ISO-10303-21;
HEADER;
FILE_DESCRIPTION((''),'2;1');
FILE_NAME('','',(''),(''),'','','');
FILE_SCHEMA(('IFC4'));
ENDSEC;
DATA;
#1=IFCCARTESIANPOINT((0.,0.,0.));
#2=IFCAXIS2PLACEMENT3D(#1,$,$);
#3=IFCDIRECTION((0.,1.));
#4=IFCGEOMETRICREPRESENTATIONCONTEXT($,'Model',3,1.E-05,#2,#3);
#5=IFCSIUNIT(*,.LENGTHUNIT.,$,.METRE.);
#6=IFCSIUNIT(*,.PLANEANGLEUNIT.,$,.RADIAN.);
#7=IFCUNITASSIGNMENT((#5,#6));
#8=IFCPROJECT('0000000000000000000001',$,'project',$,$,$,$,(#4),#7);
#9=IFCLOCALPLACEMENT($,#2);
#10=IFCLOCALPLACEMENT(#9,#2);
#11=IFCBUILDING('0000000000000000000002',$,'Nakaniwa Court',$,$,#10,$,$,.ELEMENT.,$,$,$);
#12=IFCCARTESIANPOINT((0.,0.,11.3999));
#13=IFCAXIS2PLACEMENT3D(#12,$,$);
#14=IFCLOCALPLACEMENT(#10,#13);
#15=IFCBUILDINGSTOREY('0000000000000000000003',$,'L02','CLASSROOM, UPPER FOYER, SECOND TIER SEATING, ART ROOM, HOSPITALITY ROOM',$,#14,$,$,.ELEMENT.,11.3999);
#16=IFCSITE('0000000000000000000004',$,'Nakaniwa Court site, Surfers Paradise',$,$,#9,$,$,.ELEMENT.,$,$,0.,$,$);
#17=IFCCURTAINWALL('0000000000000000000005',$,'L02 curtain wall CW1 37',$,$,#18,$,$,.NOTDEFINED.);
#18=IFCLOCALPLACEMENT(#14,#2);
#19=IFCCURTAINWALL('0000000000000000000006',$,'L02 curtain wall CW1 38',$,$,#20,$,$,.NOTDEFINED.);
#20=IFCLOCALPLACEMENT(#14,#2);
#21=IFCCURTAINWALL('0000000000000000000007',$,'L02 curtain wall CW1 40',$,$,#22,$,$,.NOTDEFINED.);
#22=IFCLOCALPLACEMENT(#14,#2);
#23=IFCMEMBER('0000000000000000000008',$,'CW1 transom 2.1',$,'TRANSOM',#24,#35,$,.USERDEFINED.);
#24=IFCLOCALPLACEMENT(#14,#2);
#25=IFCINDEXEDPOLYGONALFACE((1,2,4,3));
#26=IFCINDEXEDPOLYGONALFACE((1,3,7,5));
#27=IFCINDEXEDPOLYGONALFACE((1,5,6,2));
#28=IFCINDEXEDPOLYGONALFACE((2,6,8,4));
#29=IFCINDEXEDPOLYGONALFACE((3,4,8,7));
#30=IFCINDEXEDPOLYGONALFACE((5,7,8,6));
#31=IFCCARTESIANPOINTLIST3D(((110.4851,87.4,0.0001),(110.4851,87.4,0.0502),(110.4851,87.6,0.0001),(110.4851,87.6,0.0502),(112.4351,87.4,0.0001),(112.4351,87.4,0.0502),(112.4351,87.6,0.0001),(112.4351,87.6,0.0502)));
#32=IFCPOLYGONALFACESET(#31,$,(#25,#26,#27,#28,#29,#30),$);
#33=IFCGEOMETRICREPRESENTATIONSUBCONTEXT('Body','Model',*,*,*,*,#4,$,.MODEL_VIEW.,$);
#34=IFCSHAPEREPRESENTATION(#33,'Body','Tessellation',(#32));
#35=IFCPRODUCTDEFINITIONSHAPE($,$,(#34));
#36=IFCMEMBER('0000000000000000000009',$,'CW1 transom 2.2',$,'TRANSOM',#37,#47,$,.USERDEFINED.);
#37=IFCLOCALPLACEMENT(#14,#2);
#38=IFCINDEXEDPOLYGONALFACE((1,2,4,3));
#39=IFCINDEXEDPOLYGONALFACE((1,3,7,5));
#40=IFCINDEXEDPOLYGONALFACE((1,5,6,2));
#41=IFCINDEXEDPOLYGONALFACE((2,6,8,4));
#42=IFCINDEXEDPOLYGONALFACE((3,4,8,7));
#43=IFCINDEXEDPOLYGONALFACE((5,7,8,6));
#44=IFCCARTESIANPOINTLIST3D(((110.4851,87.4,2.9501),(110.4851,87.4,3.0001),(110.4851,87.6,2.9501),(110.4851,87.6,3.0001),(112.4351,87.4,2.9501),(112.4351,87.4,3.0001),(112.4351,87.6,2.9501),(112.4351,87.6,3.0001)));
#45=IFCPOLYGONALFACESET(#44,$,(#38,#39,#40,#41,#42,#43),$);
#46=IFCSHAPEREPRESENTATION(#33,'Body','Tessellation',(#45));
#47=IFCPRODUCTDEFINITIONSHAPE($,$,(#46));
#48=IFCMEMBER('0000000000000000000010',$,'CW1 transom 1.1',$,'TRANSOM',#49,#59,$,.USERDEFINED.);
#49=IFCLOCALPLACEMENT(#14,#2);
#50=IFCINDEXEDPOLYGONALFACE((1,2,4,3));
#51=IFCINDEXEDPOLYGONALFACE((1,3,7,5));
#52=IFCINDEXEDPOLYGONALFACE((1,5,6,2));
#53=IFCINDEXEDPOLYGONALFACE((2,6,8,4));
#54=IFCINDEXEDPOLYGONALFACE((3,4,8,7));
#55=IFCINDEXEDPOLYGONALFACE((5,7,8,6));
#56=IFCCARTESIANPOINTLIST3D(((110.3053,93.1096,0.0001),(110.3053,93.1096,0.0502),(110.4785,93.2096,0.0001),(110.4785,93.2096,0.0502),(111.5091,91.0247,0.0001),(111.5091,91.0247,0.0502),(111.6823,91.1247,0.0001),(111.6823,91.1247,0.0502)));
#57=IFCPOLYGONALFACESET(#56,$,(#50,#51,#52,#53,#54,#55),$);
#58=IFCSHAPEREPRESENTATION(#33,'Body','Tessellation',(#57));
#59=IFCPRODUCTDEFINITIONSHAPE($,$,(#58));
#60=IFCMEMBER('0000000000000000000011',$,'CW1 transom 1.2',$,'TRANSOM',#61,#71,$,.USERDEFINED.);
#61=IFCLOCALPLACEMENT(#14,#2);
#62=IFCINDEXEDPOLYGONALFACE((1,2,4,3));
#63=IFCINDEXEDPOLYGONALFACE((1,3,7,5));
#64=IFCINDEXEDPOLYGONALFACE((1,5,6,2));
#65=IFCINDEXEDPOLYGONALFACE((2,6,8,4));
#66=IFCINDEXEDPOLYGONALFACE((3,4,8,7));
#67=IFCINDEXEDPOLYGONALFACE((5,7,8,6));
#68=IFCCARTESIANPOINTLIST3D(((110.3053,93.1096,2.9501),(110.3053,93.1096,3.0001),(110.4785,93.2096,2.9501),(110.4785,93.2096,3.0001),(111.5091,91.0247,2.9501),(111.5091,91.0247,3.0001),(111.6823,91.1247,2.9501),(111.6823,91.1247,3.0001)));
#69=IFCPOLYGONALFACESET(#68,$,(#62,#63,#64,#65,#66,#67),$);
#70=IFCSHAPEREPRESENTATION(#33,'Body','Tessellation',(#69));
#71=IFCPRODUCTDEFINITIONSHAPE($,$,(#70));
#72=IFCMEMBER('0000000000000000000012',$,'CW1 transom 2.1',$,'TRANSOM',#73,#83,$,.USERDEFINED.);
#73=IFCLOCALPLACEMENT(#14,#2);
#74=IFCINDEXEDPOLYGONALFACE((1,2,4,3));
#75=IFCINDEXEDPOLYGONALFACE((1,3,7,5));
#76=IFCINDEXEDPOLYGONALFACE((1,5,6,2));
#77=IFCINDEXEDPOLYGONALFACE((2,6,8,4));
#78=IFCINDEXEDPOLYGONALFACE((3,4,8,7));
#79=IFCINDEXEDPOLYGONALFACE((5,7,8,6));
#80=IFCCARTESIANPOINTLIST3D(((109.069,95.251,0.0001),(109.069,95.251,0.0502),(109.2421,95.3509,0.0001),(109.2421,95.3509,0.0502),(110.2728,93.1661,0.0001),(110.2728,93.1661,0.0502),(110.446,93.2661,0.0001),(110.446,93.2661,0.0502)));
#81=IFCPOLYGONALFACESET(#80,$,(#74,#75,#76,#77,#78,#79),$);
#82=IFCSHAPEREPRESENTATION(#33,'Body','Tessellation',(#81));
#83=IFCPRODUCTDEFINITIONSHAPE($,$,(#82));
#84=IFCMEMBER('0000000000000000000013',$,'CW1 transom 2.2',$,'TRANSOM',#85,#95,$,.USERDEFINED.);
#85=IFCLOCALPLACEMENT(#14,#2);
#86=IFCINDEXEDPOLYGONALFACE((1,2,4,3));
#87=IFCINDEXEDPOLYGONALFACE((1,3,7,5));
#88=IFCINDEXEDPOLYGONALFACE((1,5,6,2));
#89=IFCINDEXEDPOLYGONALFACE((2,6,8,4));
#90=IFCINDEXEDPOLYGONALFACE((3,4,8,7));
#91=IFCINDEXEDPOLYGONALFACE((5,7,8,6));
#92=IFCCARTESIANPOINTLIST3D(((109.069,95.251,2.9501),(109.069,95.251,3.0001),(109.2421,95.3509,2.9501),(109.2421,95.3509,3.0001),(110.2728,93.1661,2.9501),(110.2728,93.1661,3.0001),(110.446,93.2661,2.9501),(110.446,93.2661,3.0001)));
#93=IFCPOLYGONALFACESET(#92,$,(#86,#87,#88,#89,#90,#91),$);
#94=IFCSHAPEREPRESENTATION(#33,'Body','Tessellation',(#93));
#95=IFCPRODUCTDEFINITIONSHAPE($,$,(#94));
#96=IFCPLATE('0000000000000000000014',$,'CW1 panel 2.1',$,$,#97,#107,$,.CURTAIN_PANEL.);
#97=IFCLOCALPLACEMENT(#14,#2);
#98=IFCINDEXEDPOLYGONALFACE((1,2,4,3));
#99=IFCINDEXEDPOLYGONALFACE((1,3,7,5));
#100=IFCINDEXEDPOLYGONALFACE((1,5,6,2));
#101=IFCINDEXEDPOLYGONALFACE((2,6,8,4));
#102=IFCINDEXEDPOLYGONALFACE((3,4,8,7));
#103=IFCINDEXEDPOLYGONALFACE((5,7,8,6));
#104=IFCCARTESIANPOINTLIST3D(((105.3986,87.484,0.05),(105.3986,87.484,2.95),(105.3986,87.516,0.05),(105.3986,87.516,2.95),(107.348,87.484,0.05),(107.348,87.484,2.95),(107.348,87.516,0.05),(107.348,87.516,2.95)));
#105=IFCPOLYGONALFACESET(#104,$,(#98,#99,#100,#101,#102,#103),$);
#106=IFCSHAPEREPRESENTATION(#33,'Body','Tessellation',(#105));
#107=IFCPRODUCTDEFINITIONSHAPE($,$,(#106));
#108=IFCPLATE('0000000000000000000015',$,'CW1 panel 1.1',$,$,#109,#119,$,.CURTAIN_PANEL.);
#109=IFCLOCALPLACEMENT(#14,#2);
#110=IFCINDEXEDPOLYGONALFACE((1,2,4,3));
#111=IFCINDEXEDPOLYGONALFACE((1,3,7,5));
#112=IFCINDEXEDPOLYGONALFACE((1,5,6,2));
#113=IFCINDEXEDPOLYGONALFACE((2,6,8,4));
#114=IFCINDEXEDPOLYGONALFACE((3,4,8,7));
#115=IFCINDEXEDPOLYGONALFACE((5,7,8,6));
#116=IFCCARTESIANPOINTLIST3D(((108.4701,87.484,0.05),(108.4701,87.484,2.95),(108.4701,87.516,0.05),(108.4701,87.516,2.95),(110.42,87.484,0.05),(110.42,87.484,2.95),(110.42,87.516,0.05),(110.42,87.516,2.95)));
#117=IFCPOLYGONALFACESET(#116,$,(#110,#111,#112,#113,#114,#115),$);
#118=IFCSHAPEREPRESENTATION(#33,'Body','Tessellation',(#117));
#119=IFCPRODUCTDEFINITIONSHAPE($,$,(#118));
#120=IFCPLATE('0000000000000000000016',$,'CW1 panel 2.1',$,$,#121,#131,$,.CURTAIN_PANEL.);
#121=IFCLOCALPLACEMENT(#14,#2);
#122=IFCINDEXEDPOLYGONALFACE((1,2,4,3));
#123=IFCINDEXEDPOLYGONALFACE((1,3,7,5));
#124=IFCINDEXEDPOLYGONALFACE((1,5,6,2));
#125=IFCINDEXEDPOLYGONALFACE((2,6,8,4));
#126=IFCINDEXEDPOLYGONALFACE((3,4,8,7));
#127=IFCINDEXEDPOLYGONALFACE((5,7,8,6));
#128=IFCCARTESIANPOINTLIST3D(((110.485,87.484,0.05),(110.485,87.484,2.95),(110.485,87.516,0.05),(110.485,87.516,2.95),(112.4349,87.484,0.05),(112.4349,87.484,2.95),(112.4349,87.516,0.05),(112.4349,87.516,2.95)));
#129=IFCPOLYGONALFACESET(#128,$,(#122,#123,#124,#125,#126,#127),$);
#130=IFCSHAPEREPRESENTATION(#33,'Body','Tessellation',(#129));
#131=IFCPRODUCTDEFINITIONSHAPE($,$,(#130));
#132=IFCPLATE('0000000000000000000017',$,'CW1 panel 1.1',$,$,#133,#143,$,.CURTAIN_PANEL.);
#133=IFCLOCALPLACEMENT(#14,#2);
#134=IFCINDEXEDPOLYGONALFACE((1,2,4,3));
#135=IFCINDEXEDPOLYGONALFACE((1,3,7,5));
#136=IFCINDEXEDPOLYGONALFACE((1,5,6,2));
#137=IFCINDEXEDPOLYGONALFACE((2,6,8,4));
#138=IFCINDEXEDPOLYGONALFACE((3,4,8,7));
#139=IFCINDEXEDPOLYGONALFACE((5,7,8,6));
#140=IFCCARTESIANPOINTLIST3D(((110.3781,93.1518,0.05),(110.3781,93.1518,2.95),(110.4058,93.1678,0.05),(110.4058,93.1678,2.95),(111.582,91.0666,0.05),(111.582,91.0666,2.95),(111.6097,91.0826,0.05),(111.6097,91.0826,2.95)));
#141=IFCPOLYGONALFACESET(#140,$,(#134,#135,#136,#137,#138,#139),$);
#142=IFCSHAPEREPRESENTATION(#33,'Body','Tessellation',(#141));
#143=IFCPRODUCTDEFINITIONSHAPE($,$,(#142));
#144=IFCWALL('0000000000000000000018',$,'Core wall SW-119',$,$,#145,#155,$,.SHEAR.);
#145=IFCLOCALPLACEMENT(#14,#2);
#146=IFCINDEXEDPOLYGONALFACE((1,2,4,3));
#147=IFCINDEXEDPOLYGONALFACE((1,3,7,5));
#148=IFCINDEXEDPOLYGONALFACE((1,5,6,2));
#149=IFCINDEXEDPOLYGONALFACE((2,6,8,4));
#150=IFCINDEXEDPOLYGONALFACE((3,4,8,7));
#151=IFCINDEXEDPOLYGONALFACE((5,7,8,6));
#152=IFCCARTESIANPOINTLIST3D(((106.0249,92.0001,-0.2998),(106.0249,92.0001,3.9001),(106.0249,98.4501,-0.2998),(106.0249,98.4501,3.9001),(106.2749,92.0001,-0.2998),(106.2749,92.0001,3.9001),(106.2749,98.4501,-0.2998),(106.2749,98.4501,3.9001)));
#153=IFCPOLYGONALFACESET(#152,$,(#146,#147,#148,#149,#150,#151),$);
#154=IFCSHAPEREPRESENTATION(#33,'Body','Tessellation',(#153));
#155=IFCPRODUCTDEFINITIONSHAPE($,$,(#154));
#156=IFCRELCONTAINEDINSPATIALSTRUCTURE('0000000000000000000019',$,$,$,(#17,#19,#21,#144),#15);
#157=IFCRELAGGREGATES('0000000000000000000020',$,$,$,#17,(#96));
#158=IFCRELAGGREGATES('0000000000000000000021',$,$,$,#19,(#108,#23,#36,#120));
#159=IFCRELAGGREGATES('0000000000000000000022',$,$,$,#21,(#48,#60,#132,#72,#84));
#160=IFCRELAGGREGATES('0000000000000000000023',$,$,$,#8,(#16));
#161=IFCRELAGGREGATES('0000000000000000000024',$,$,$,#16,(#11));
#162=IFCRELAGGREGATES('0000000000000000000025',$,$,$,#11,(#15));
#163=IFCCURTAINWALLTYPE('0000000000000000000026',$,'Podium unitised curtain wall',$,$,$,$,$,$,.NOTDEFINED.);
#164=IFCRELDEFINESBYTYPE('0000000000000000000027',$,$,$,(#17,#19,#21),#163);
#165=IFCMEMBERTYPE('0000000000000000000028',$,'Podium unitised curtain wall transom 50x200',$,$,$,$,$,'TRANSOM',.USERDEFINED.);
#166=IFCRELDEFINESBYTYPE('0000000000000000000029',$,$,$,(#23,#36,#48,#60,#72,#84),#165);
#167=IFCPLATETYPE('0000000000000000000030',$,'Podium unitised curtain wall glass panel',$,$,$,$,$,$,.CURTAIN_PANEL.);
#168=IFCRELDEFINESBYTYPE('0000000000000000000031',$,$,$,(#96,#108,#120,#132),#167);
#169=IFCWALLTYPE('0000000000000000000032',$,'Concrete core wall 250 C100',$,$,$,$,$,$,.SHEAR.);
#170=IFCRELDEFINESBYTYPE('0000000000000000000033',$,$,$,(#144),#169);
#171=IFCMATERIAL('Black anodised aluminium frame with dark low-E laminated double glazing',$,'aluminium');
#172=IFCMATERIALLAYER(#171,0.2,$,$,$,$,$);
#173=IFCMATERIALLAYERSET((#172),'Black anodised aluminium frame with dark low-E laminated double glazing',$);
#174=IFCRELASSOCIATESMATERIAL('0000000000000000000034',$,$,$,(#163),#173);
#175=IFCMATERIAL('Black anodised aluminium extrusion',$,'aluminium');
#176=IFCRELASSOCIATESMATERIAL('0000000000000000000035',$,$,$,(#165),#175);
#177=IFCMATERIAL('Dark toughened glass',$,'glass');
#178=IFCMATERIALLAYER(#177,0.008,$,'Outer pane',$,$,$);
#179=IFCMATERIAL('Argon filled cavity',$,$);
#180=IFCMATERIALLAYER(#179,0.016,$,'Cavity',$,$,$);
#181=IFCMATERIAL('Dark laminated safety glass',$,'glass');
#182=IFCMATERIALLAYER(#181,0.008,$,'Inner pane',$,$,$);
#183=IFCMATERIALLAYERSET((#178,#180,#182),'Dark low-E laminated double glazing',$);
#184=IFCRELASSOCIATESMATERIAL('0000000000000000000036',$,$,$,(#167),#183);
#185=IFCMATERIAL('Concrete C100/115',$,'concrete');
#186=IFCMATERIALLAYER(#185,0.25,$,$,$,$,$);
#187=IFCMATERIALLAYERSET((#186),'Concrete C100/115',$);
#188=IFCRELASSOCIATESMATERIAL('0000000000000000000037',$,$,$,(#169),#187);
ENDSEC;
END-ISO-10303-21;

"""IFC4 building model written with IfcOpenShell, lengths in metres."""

from ifc_helpers import new_model, si_unit, direction, frame, frame_2d, origin, origin_2d, place, context, subcontext, project, spatial, rectangle, extrude, material, layer, layer_set, material_profile, profile_set, type_object, element, aggregate, save


model = new_model("IFC4")

# Units and contexts
model_context = context("Model", 3, precision=1e-05, world=origin(), true_north=direction((0.0, 1.0)))
body_context = subcontext(model_context, "Body", "Model", "MODEL_VIEW")
ifc_project = project(units=[si_unit("LENGTHUNIT", "METRE"), si_unit("PLANEANGLEUNIT", "RADIAN")], contexts=[model_context])

# Site, building, storey
site_placement = place(None, origin())
site = spatial("IfcSite", under=ifc_project, at=site_placement, Name="Nakaniwa Court site, Surfers Paradise", CompositionType="ELEMENT", RefElevation=0.0)
building_placement = place(site_placement, origin())
building = spatial("IfcBuilding", under=site, at=building_placement, Name="Nakaniwa Court", CompositionType="ELEMENT")
storey_placement = place(building_placement, frame((0.0, 0.0, 11.3999)))
storey = spatial("IfcBuildingStorey", under=building, at=storey_placement, Name="L02", Description="CLASSROOM, UPPER FOYER, SECOND TIER SEATING, ART ROOM, HOSPITALITY ROOM", CompositionType="ELEMENT", Elevation=11.3999)

# Shared definitions
ifc_material_1 = material(Name="Concrete C100/115", Category="concrete")

# Curtain wall
ifc_material_2 = material(Name="Black anodised aluminium frame with dark low-E laminated double glazing", Category="aluminium")
ifc_layer_1 = layer(ifc_material_2, 0.2)
ifc_layer_set_1 = layer_set([ifc_layer_1], Name="Black anodised aluminium frame with dark low-E laminated double glazing")
curtain_wall_type = type_object("IfcCurtainWallType", Name="Podium unitised curtain wall", PredefinedType="NOTDEFINED", material=ifc_layer_set_1)
curtain_wall_1_placement = place(storey_placement, origin())
curtain_wall_1 = element("IfcCurtainWall", 1, at=curtain_wall_1_placement, inside=storey, type_object=curtain_wall_type, Name="L02 curtain wall CW1 37", PredefinedType="NOTDEFINED")
ifc_material_3 = material(Name="Black anodised aluminium extrusion", Category="aluminium")

# Curtain walls
curtain_wall_2_placement = place(storey_placement, origin())
curtain_wall_2 = element("IfcCurtainWall", 2, at=curtain_wall_2_placement, inside=storey, type_object=curtain_wall_type, Name="L02 curtain wall CW1 38", PredefinedType="NOTDEFINED")
curtain_wall_3_placement = place(storey_placement, origin())
curtain_wall_3 = element("IfcCurtainWall", 3, at=curtain_wall_3_placement, inside=storey, type_object=curtain_wall_type, Name="L02 curtain wall CW1 40", PredefinedType="NOTDEFINED")

# Members
ifc_material_profile_1 = material_profile(ifc_material_3, rectangle(XDim=0.2, YDim=0.05, at=origin_2d()), Name="Podium unitised curtain wall transom 50x200")
ifc_profile_set_1 = profile_set([ifc_material_profile_1], Name="Black anodised aluminium extrusion")
member_type_1 = type_object("IfcMemberType", Name="Podium unitised curtain wall transom 50x200", ElementType="TRANSOM", PredefinedType="USERDEFINED", material=ifc_profile_set_1)
member_1_placement = place(storey_placement, frame((110.4851, 87.5, 0.0251), z_axis=(1.0, 0.0, 0.0), x_axis=(0.0, 1.0, 0.0)))
member_1 = element("IfcMember", 4, at=member_1_placement, type_object=member_type_1, Name="CW1 transom 2.1", ObjectType="TRANSOM", PredefinedType="USERDEFINED", context=body_context, shape_type="SweptSolid", body=[
    extrude(rectangle(XDim=0.2, YDim=0.05, at=origin_2d()), origin(), (0.0, 0.0, 1.0), 1.95),
])
member_2_placement = place(storey_placement, frame((110.4851, 87.5, 2.9751), z_axis=(1.0, 0.0, 0.0), x_axis=(0.0, 1.0, 0.0)))
member_2 = element("IfcMember", 5, at=member_2_placement, type_object=member_type_1, Name="CW1 transom 2.2", ObjectType="TRANSOM", PredefinedType="USERDEFINED", context=body_context, shape_type="SweptSolid", body=[
    extrude(rectangle(XDim=0.2, YDim=0.05, at=origin_2d()), origin(), (0.0, 0.0, 1.0), 1.95),
])
member_3_placement = place(storey_placement, frame((111.5957, 91.0747, 0.0251), z_axis=(-0.500033, 0.866007, 0.0), x_axis=(-0.866007, -0.500033, 0.0)))
member_3 = element("IfcMember", 6, at=member_3_placement, type_object=member_type_1, Name="CW1 transom 1.1", ObjectType="TRANSOM", PredefinedType="USERDEFINED", context=body_context, shape_type="SweptSolid", body=[
    extrude(rectangle(XDim=0.2, YDim=0.05, at=origin_2d()), origin(), (0.0, 0.0, 1.0), 2.4075),
])
member_4_placement = place(storey_placement, frame((111.5957, 91.0747, 2.9751), z_axis=(-0.500033, 0.866007, 0.0), x_axis=(-0.866007, -0.500033, 0.0)))
member_4 = element("IfcMember", 7, at=member_4_placement, type_object=member_type_1, Name="CW1 transom 1.2", ObjectType="TRANSOM", PredefinedType="USERDEFINED", context=body_context, shape_type="SweptSolid", body=[
    extrude(rectangle(XDim=0.2, YDim=0.05, at=origin_2d()), origin(), (0.0, 0.0, 1.0), 2.4075),
])
member_5_placement = place(storey_placement, frame((110.3594, 93.2161, 0.0251), z_axis=(-0.500033, 0.866007, 0.0), x_axis=(-0.866007, -0.500033, 0.0)))
member_5 = element("IfcMember", 8, at=member_5_placement, type_object=member_type_1, Name="CW1 transom 2.1", ObjectType="TRANSOM", PredefinedType="USERDEFINED", context=body_context, shape_type="SweptSolid", body=[
    extrude(rectangle(XDim=0.2, YDim=0.05, at=origin_2d()), origin(), (0.0, 0.0, 1.0), 2.4075),
])
member_6_placement = place(storey_placement, frame((110.3594, 93.2161, 2.9751), z_axis=(-0.500033, 0.866007, 0.0), x_axis=(-0.866007, -0.500033, 0.0)))
member_6 = element("IfcMember", 9, at=member_6_placement, type_object=member_type_1, Name="CW1 transom 2.2", ObjectType="TRANSOM", PredefinedType="USERDEFINED", context=body_context, shape_type="SweptSolid", body=[
    extrude(rectangle(XDim=0.2, YDim=0.05, at=origin_2d()), origin(), (0.0, 0.0, 1.0), 2.4075),
])

# Plates
ifc_material_4 = material(Name="Dark toughened glass", Category="glass")
ifc_layer_2 = layer(ifc_material_4, 0.008, Name="Outer pane")
ifc_material_5 = material(Name="Argon filled cavity")
ifc_layer_3 = layer(ifc_material_5, 0.016, Name="Cavity")
ifc_material_6 = material(Name="Dark laminated safety glass", Category="glass")
ifc_layer_4 = layer(ifc_material_6, 0.008, Name="Inner pane")
ifc_layer_set_2 = layer_set([ifc_layer_2, ifc_layer_3, ifc_layer_4], Name="Dark low-E laminated double glazing")
plate_type = type_object("IfcPlateType", Name="Podium unitised curtain wall glass panel", PredefinedType="CURTAIN_PANEL", material=ifc_layer_set_2)
plate_1_placement = place(storey_placement, frame((106.3733, 87.5, 0.05), z_axis=(0.0, 0.0, 1.0), x_axis=(1.0, 0.0, 0.0)))
plate_1 = element("IfcPlate", 10, at=plate_1_placement, type_object=plate_type, Name="CW1 panel 2.1", PredefinedType="CURTAIN_PANEL", context=body_context, shape_type="SweptSolid", body=[
    extrude(rectangle(XDim=1.9495, YDim=0.032, at=origin_2d()), origin(), (0.0, 0.0, 1.0), 2.8999),
])
aggregate(curtain_wall_1, [plate_1])
plate_2_placement = place(storey_placement, frame((109.4451, 87.5, 0.05), z_axis=(0.0, 0.0, 1.0), x_axis=(1.0, 0.0, 0.0)))
plate_2 = element("IfcPlate", 11, at=plate_2_placement, type_object=plate_type, Name="CW1 panel 1.1", PredefinedType="CURTAIN_PANEL", context=body_context, shape_type="SweptSolid", body=[
    extrude(rectangle(XDim=1.95, YDim=0.032, at=origin_2d()), origin(), (0.0, 0.0, 1.0), 2.8999),
])
plate_3_placement = place(storey_placement, frame((111.46, 87.5, 0.05), z_axis=(0.0, 0.0, 1.0), x_axis=(1.0, 0.0, 0.0)))
plate_3 = element("IfcPlate", 12, at=plate_3_placement, type_object=plate_type, Name="CW1 panel 2.1", PredefinedType="CURTAIN_PANEL", context=body_context, shape_type="SweptSolid", body=[
    extrude(rectangle(XDim=1.95, YDim=0.032, at=origin_2d()), origin(), (0.0, 0.0, 1.0), 2.8999),
])
aggregate(curtain_wall_2, [plate_2, member_1, member_2, plate_3])
plate_4_placement = place(storey_placement, frame((110.9939, 92.1172, 0.05), z_axis=(0.0, 0.0, 1.0), x_axis=(-0.499988, 0.866032, 0.0)))
plate_4 = element("IfcPlate", 13, at=plate_4_placement, type_object=plate_type, Name="CW1 panel 1.1", PredefinedType="CURTAIN_PANEL", context=body_context, shape_type="SweptSolid", body=[
    extrude(rectangle(XDim=2.4077, YDim=0.032, at=origin_2d()), origin(), (0.0, 0.0, 1.0), 2.8999),
])
aggregate(curtain_wall_3, [member_3, member_4, plate_4, member_5, member_6])

# Wall
ifc_layer_5 = layer(ifc_material_1, 0.25)
ifc_layer_set_3 = layer_set([ifc_layer_5], Name="Concrete C100/115")
wall_type = type_object("IfcWallType", Name="Concrete core wall 250 C100", PredefinedType="SHEAR", material=ifc_layer_set_3)
wall_placement = place(storey_placement, frame((106.1499, 92.0, -0.2998), z_axis=(0.0, 0.0, 1.0), x_axis=(0.0, 1.0, 0.0)))
element("IfcWall", 14, at=wall_placement, inside=storey, type_object=wall_type, Name="Core wall SW-119", PredefinedType="SHEAR", context=body_context, shape_type="SweptSolid", body=[
    extrude(rectangle(XDim=6.45, YDim=0.25, at=frame_2d((3.2251, 0.0))), origin(), (0.0, 0.0, 1.0), 4.2),
])

save(model, "model.ifc")
